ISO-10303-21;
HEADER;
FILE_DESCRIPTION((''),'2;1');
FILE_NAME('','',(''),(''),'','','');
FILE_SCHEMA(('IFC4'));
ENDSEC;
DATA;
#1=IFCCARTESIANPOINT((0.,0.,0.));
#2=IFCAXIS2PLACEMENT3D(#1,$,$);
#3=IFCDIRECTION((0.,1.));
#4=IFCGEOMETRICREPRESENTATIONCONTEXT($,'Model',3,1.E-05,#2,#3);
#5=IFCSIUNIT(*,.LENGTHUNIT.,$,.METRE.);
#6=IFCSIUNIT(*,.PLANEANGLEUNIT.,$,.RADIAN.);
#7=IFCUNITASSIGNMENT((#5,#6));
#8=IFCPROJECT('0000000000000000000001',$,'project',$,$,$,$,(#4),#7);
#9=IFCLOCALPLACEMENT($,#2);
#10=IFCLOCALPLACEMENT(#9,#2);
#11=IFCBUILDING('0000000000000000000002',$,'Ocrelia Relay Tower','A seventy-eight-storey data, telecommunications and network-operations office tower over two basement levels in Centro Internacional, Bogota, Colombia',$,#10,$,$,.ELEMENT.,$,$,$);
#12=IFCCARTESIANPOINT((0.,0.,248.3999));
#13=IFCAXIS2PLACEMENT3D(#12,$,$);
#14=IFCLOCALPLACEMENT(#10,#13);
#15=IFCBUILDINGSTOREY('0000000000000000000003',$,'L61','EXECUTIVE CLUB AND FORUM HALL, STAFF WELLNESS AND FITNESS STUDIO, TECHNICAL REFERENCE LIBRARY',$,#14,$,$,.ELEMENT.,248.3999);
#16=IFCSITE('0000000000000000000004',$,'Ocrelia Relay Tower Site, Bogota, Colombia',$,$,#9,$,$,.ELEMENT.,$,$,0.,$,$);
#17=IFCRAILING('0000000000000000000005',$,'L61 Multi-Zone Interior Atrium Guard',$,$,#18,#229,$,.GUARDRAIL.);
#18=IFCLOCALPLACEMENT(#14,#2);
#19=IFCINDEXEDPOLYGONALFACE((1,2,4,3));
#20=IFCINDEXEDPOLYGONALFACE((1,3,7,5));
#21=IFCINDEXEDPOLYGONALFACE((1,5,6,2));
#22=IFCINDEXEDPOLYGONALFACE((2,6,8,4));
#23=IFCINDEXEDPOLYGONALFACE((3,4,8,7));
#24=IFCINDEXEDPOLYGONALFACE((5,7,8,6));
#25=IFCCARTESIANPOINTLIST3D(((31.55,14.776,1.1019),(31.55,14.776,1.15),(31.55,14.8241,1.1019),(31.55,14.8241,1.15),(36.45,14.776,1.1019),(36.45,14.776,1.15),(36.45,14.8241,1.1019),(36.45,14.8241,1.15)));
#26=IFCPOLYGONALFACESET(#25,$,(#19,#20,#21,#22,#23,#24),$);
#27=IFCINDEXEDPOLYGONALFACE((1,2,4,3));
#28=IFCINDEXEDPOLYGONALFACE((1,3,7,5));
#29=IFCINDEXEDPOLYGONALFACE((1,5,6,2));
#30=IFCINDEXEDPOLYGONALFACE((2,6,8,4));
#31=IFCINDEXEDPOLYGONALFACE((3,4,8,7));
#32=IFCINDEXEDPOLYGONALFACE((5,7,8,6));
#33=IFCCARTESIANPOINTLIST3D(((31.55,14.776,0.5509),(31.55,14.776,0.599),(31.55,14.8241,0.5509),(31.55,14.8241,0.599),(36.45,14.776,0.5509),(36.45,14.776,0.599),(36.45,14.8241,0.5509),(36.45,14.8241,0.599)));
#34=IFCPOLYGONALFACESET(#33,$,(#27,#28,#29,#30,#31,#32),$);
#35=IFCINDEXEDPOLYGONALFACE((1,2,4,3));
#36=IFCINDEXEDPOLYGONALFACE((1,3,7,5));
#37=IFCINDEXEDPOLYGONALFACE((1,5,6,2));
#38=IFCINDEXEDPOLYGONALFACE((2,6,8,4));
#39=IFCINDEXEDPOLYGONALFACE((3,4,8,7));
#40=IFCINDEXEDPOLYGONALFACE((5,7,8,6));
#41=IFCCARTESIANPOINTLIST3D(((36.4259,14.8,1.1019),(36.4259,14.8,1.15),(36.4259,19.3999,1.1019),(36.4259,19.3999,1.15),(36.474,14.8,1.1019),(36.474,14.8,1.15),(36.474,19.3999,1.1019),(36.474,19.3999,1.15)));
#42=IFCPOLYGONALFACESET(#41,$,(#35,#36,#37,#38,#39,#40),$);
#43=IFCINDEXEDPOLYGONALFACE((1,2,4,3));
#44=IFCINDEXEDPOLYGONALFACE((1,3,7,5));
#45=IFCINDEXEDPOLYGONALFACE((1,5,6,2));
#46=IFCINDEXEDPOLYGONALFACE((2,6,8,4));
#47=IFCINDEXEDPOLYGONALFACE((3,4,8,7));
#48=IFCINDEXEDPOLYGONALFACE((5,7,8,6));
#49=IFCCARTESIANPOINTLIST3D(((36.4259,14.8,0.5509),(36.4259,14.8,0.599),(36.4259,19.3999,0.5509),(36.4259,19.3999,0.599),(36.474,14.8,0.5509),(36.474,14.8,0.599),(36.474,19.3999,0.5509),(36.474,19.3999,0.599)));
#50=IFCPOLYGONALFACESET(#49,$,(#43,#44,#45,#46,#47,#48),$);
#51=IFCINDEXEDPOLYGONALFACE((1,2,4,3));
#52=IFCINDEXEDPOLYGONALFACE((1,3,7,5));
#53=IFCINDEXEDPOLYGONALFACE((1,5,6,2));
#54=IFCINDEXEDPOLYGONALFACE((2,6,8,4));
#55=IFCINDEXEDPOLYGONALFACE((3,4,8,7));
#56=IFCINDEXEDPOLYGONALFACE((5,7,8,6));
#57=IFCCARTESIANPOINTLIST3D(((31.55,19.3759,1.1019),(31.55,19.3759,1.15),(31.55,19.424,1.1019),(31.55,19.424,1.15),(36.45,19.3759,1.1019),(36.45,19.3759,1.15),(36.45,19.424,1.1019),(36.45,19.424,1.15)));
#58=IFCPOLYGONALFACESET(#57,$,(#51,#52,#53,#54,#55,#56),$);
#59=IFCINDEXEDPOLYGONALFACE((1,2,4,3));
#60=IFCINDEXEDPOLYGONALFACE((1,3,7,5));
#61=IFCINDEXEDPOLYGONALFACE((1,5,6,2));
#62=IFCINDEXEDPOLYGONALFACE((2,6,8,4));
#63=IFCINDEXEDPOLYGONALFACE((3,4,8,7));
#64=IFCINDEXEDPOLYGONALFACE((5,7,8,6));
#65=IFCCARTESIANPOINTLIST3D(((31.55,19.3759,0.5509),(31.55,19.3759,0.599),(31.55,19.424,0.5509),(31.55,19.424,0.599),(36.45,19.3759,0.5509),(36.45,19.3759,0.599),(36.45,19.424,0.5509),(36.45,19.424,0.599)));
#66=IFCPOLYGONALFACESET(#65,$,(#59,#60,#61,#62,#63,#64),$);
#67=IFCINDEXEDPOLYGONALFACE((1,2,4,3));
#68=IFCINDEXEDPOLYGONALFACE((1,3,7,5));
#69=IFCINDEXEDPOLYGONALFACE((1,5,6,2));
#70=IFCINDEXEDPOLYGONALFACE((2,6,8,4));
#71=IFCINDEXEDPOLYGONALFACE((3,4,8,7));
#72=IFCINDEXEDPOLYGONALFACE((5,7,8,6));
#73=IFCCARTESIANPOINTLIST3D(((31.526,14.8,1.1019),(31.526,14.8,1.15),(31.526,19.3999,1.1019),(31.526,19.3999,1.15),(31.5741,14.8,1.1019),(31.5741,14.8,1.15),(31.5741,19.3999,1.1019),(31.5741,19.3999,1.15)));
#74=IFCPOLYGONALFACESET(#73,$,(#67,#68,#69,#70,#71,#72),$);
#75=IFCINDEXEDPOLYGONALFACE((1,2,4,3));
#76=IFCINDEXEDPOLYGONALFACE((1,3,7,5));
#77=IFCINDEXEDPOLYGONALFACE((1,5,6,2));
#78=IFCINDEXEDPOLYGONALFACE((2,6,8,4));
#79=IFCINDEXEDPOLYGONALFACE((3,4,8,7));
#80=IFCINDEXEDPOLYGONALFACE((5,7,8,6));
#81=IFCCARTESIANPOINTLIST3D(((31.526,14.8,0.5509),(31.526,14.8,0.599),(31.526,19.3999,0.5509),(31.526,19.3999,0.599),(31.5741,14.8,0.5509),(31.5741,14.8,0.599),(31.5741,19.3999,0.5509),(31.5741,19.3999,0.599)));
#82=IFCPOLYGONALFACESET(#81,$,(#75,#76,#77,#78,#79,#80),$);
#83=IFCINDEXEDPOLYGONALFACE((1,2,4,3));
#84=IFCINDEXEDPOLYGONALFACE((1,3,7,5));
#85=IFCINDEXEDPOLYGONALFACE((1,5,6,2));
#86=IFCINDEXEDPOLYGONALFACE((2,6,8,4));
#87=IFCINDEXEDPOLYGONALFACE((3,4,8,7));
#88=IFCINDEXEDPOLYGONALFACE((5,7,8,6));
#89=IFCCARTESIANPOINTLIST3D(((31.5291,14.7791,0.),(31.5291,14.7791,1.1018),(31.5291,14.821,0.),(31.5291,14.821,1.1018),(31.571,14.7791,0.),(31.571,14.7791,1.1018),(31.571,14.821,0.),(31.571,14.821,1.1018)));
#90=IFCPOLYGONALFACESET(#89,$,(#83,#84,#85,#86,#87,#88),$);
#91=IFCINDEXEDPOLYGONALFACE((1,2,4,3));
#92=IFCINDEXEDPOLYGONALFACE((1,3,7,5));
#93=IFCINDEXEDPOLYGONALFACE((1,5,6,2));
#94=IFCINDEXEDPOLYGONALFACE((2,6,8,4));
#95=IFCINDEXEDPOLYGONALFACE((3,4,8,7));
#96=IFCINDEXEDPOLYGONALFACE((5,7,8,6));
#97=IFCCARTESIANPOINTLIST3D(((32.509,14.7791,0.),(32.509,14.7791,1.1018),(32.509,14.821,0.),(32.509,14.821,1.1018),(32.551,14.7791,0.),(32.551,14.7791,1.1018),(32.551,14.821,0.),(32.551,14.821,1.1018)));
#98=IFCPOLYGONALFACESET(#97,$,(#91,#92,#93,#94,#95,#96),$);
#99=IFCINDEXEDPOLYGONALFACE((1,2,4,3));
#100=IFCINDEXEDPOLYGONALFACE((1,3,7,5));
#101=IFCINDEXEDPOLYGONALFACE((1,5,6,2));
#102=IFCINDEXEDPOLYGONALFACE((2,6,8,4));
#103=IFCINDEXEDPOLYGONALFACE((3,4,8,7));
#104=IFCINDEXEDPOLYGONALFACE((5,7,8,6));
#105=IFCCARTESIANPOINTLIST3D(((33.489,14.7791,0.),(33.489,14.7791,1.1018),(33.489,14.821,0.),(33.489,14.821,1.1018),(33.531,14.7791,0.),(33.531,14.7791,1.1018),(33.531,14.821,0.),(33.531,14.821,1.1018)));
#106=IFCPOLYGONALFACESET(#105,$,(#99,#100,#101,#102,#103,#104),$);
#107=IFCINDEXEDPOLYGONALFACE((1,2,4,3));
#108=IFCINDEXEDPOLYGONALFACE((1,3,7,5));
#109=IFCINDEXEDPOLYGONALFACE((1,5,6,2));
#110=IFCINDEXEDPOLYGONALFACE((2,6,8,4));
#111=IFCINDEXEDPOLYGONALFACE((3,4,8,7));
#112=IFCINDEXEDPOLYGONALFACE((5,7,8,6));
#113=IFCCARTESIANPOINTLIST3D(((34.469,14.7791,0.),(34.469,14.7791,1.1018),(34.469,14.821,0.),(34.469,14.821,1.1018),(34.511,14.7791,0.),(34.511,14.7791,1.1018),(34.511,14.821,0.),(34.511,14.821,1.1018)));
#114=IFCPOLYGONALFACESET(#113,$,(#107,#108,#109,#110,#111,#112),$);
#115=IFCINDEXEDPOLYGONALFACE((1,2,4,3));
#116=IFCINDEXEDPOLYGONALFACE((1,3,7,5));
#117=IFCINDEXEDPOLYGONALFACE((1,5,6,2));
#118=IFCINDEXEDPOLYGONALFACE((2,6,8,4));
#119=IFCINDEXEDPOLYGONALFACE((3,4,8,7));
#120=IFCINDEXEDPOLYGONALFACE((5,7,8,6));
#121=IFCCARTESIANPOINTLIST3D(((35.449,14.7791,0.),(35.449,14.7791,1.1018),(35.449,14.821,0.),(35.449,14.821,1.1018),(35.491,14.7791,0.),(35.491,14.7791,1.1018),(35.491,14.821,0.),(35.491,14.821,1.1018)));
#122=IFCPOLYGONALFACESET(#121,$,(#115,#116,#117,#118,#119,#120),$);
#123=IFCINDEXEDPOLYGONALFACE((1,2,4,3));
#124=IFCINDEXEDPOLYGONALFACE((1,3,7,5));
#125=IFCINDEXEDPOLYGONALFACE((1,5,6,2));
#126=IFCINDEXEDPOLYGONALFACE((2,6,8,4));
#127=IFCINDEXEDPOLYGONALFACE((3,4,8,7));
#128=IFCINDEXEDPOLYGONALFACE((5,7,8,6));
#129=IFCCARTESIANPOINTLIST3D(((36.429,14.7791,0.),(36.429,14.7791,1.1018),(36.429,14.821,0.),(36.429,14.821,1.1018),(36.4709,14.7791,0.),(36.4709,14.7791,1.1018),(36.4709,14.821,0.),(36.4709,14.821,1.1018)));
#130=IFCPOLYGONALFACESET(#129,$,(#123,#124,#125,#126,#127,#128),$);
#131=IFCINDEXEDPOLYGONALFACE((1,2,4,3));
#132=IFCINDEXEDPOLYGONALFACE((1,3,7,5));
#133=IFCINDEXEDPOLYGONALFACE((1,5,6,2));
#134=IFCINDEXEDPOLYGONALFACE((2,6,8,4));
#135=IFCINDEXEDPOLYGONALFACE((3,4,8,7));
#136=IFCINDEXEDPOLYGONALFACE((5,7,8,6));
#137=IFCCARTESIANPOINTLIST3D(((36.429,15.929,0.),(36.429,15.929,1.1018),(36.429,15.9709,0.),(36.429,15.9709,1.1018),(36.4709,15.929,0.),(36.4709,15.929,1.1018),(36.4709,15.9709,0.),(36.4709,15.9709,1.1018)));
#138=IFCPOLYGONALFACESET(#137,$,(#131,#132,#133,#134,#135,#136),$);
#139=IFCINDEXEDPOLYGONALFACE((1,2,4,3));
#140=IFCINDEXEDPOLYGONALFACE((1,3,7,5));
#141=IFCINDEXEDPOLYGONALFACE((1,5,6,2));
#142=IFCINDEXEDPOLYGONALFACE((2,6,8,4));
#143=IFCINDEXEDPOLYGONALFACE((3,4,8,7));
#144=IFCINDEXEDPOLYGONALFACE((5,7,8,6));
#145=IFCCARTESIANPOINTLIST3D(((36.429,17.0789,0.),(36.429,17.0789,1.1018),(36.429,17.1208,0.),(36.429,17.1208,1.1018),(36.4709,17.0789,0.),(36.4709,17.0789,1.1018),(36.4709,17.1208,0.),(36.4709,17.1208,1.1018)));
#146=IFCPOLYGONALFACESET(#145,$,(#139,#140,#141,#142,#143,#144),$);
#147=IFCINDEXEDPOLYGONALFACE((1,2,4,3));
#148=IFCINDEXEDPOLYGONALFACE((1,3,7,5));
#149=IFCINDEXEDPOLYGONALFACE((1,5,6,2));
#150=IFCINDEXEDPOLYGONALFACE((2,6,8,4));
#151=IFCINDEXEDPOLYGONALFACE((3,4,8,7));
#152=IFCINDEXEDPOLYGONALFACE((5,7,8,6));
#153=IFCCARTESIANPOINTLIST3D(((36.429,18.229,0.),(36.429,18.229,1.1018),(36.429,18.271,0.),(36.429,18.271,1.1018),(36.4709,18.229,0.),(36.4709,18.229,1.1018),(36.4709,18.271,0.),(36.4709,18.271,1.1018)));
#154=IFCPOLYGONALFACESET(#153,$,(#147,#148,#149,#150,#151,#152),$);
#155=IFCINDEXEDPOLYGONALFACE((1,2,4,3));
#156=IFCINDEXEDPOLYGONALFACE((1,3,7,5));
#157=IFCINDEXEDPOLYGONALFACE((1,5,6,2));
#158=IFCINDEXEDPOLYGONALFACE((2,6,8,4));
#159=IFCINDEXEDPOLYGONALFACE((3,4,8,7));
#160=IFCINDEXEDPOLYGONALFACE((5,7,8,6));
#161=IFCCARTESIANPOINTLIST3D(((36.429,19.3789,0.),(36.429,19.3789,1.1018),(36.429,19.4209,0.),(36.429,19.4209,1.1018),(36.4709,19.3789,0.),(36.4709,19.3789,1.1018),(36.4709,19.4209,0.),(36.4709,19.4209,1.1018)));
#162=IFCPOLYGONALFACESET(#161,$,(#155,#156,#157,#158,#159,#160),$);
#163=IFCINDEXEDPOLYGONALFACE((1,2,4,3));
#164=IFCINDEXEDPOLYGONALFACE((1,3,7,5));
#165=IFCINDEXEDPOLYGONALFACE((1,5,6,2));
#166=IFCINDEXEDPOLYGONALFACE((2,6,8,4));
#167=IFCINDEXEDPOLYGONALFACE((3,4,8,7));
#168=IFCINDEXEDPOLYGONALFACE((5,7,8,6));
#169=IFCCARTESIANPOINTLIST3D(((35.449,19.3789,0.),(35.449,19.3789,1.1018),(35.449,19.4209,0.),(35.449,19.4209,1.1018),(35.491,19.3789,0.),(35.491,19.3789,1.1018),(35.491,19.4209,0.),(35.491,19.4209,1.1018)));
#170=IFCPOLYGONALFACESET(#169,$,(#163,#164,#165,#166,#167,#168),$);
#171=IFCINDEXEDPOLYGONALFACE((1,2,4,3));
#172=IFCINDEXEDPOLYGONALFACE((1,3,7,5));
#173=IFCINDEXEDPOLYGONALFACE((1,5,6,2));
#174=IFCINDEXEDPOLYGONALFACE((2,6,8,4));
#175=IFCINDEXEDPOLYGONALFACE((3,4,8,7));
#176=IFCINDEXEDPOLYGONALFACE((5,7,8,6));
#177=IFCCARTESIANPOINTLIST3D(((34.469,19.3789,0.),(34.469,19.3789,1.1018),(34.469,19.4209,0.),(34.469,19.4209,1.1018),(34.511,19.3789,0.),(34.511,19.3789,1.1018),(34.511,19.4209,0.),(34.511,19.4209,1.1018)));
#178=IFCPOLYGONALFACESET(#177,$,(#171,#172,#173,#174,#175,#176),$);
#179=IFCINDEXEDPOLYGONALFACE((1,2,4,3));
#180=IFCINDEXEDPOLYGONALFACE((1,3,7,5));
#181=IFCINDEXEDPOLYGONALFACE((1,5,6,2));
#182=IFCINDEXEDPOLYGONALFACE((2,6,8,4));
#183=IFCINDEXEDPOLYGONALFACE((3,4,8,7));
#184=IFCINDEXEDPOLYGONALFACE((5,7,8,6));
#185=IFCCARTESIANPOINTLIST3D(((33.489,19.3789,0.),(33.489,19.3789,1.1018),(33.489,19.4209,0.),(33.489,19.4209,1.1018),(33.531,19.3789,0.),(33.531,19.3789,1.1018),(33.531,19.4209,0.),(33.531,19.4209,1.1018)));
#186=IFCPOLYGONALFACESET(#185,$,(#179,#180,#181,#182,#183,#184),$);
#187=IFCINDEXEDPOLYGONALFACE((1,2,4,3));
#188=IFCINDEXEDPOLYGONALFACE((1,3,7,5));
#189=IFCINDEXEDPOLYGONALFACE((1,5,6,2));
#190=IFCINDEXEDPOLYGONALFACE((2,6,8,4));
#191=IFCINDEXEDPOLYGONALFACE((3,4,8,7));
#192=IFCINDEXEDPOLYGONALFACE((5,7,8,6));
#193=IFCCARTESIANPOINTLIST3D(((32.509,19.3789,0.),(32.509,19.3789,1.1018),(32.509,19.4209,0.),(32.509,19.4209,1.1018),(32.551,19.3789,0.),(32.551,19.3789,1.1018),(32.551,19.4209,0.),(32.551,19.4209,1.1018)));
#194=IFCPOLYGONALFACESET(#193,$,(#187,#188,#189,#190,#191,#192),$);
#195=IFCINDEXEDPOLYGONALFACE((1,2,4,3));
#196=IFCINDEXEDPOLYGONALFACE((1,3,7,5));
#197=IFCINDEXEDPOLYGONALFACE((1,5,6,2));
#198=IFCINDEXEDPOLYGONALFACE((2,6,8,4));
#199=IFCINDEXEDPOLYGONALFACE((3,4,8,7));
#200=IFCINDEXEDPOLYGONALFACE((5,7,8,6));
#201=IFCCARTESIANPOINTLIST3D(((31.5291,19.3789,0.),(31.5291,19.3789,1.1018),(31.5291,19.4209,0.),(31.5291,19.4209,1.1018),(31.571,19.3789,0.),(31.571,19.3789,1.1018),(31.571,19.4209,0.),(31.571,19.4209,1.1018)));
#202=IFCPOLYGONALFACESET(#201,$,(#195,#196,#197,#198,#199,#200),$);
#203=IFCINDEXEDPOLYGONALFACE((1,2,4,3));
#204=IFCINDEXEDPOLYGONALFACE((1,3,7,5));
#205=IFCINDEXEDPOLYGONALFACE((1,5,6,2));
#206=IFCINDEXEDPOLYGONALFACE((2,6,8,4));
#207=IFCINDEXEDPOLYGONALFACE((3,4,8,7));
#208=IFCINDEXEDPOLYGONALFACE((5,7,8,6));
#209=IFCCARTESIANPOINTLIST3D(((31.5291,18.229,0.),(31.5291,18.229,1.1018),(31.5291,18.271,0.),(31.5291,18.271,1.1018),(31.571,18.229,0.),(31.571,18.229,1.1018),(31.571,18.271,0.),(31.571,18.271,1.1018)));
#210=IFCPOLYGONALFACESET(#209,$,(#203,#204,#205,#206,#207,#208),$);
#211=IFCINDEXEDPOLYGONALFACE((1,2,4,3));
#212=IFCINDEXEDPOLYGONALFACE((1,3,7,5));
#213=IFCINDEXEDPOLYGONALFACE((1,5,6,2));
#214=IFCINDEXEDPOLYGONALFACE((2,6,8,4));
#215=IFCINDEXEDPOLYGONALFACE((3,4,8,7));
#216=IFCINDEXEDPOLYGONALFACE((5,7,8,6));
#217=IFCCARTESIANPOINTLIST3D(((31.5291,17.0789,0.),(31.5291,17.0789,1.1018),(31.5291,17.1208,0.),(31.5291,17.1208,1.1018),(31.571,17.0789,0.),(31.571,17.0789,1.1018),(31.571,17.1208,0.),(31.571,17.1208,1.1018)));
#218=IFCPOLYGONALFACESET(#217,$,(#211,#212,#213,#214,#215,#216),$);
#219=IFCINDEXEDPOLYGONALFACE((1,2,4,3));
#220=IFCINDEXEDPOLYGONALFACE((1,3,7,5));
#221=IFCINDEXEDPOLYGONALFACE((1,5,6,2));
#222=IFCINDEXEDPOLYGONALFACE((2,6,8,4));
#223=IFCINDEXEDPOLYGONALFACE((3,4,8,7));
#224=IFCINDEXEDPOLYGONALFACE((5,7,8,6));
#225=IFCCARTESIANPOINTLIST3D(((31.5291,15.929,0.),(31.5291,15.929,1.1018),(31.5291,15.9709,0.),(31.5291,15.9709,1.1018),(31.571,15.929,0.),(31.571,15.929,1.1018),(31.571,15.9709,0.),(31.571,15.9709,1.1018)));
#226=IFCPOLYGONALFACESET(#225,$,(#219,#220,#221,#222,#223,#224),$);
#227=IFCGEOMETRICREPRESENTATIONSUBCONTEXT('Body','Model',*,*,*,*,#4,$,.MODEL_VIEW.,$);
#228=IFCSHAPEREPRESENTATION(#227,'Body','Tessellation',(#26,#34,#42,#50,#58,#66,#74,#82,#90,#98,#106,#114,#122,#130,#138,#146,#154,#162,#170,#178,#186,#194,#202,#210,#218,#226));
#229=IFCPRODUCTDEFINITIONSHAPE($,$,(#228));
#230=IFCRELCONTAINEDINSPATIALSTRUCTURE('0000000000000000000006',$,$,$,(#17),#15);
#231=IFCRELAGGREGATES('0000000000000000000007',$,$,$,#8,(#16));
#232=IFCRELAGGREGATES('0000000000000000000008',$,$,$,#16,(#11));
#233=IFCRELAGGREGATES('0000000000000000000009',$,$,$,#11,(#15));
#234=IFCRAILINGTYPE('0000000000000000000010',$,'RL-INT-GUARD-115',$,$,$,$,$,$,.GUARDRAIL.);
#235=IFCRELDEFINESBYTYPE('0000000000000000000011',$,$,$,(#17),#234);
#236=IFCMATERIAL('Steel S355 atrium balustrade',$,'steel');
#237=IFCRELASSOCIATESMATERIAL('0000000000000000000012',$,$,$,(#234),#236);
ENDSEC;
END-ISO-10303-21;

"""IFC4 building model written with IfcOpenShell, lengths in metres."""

from ifc_helpers import new_model, si_unit, direction, frame, origin, origin_2d, place, context, subcontext, project, spatial, rectangle, extrude, material, type_object, element, save


model = new_model("IFC4")

# Units and contexts
model_context = context("Model", 3, precision=1e-05, world=origin(), true_north=direction((0.0, 1.0)))
body_context = subcontext(model_context, "Body", "Model", "MODEL_VIEW")
ifc_project = project(units=[si_unit("LENGTHUNIT", "METRE"), si_unit("PLANEANGLEUNIT", "RADIAN")], contexts=[model_context])

# Site, building, storey
site_placement = place(None, origin())
site = spatial("IfcSite", under=ifc_project, at=site_placement, Name="Ocrelia Relay Tower Site, Bogota, Colombia", CompositionType="ELEMENT", RefElevation=0.0)
building_placement = place(site_placement, origin())
building = spatial("IfcBuilding", under=site, at=building_placement, Name="Ocrelia Relay Tower", Description="A seventy-eight-storey data, telecommunications and network-operations office tower over two basement levels in Centro Internacional, Bogota, Colombia", CompositionType="ELEMENT")
storey_placement = place(building_placement, frame((0.0, 0.0, 248.3999)))
storey = spatial("IfcBuildingStorey", under=building, at=storey_placement, Name="L61", Description="EXECUTIVE CLUB AND FORUM HALL, STAFF WELLNESS AND FITNESS STUDIO, TECHNICAL REFERENCE LIBRARY", CompositionType="ELEMENT", Elevation=248.3999)

# Railing
ifc_material_1 = material(Name="Steel S355 atrium balustrade", Category="steel")
railing_type = type_object("IfcRailingType", Name="RL-INT-GUARD-115", PredefinedType="GUARDRAIL", material=ifc_material_1)
railing_placement = place(storey_placement, frame((31.55, 14.8, 0.0)))
element("IfcRailing", 1, at=railing_placement, inside=storey, type_object=railing_type, Name="L61 Multi-Zone Interior Atrium Guard", PredefinedType="GUARDRAIL", context=body_context, shape_type="SweptSolid", body=[
    extrude(rectangle(XDim=0.0481, YDim=0.0481, at=origin_2d()), frame((0.0, 0.0, 1.126), z_axis=(1.0, 0.0, 0.0), x_axis=(0.0, 1.0, 0.0)), (0.0, 0.0, 1.0), 4.8999),
    extrude(rectangle(XDim=0.0481, YDim=0.0481, at=origin_2d()), frame((0.0, 0.0, 0.575), z_axis=(1.0, 0.0, 0.0), x_axis=(0.0, 1.0, 0.0)), (0.0, 0.0, 1.0), 4.8999),
    extrude(rectangle(XDim=0.0481, YDim=0.0481, at=origin_2d()), frame((4.8999, 0.0, 1.126), z_axis=(0.0, 1.0, 0.0), x_axis=(-1.0, 0.0, 0.0)), (0.0, 0.0, 1.0), 4.5999),
    extrude(rectangle(XDim=0.0481, YDim=0.0481, at=origin_2d()), frame((4.8999, 0.0, 0.575), z_axis=(0.0, 1.0, 0.0), x_axis=(-1.0, 0.0, 0.0)), (0.0, 0.0, 1.0), 4.5999),
    extrude(rectangle(XDim=0.0481, YDim=0.0481, at=origin_2d()), frame((4.8999, 4.5999, 1.126), z_axis=(-1.0, 0.0, 0.0), x_axis=(0.0, -1.0, 0.0)), (0.0, 0.0, 1.0), 4.8999),
    extrude(rectangle(XDim=0.0481, YDim=0.0481, at=origin_2d()), frame((4.8999, 4.5999, 0.575), z_axis=(-1.0, 0.0, 0.0), x_axis=(0.0, -1.0, 0.0)), (0.0, 0.0, 1.0), 4.8999),
    extrude(rectangle(XDim=0.0481, YDim=0.0481, at=origin_2d()), frame((0.0, 4.5999, 1.126), z_axis=(0.0, -1.0, 0.0), x_axis=(1.0, 0.0, 0.0)), (0.0, 0.0, 1.0), 4.5999),
    extrude(rectangle(XDim=0.0481, YDim=0.0481, at=origin_2d()), frame((0.0, 4.5999, 0.575), z_axis=(0.0, -1.0, 0.0), x_axis=(1.0, 0.0, 0.0)), (0.0, 0.0, 1.0), 4.5999),
    extrude(rectangle(XDim=0.042, YDim=0.042, at=origin_2d()), origin(), (0.0, 0.0, 1.0), 1.1018),
    extrude(rectangle(XDim=0.042, YDim=0.042, at=origin_2d()), frame((0.98, 0.0, 0.0)), (0.0, 0.0, 1.0), 1.1018),
    extrude(rectangle(XDim=0.042, YDim=0.042, at=origin_2d()), frame((1.96, 0.0, 0.0)), (0.0, 0.0, 1.0), 1.1018),
    extrude(rectangle(XDim=0.042, YDim=0.042, at=origin_2d()), frame((2.9399, 0.0, 0.0)), (0.0, 0.0, 1.0), 1.1018),
    extrude(rectangle(XDim=0.042, YDim=0.042, at=origin_2d()), frame((3.9199, 0.0, 0.0)), (0.0, 0.0, 1.0), 1.1018),
    extrude(rectangle(XDim=0.042, YDim=0.042, at=origin_2d()), frame((4.8999, 0.0, 0.0)), (0.0, 0.0, 1.0), 1.1018),
    extrude(rectangle(XDim=0.042, YDim=0.042, at=origin_2d()), frame((4.8999, 1.1499, 0.0)), (0.0, 0.0, 1.0), 1.1018),
    extrude(rectangle(XDim=0.042, YDim=0.042, at=origin_2d()), frame((4.8999, 2.2998, 0.0)), (0.0, 0.0, 1.0), 1.1018),
    extrude(rectangle(XDim=0.042, YDim=0.042, at=origin_2d()), frame((4.8999, 3.45, 0.0)), (0.0, 0.0, 1.0), 1.1018),
    extrude(rectangle(XDim=0.042, YDim=0.042, at=origin_2d()), frame((4.8999, 4.5999, 0.0)), (0.0, 0.0, 1.0), 1.1018),
    extrude(rectangle(XDim=0.042, YDim=0.042, at=origin_2d()), frame((3.9199, 4.5999, 0.0)), (0.0, 0.0, 1.0), 1.1018),
    extrude(rectangle(XDim=0.042, YDim=0.042, at=origin_2d()), frame((2.9399, 4.5999, 0.0)), (0.0, 0.0, 1.0), 1.1018),
    extrude(rectangle(XDim=0.042, YDim=0.042, at=origin_2d()), frame((1.96, 4.5999, 0.0)), (0.0, 0.0, 1.0), 1.1018),
    extrude(rectangle(XDim=0.042, YDim=0.042, at=origin_2d()), frame((0.98, 4.5999, 0.0)), (0.0, 0.0, 1.0), 1.1018),
    extrude(rectangle(XDim=0.042, YDim=0.042, at=origin_2d()), frame((0.0, 4.5999, 0.0)), (0.0, 0.0, 1.0), 1.1018),
    extrude(rectangle(XDim=0.042, YDim=0.042, at=origin_2d()), frame((0.0, 3.45, 0.0)), (0.0, 0.0, 1.0), 1.1018),
    extrude(rectangle(XDim=0.042, YDim=0.042, at=origin_2d()), frame((0.0, 2.2998, 0.0)), (0.0, 0.0, 1.0), 1.1018),
    extrude(rectangle(XDim=0.042, YDim=0.042, at=origin_2d()), frame((0.0, 1.1499, 0.0)), (0.0, 0.0, 1.0), 1.1018),
])

save(model, "model.ifc")
